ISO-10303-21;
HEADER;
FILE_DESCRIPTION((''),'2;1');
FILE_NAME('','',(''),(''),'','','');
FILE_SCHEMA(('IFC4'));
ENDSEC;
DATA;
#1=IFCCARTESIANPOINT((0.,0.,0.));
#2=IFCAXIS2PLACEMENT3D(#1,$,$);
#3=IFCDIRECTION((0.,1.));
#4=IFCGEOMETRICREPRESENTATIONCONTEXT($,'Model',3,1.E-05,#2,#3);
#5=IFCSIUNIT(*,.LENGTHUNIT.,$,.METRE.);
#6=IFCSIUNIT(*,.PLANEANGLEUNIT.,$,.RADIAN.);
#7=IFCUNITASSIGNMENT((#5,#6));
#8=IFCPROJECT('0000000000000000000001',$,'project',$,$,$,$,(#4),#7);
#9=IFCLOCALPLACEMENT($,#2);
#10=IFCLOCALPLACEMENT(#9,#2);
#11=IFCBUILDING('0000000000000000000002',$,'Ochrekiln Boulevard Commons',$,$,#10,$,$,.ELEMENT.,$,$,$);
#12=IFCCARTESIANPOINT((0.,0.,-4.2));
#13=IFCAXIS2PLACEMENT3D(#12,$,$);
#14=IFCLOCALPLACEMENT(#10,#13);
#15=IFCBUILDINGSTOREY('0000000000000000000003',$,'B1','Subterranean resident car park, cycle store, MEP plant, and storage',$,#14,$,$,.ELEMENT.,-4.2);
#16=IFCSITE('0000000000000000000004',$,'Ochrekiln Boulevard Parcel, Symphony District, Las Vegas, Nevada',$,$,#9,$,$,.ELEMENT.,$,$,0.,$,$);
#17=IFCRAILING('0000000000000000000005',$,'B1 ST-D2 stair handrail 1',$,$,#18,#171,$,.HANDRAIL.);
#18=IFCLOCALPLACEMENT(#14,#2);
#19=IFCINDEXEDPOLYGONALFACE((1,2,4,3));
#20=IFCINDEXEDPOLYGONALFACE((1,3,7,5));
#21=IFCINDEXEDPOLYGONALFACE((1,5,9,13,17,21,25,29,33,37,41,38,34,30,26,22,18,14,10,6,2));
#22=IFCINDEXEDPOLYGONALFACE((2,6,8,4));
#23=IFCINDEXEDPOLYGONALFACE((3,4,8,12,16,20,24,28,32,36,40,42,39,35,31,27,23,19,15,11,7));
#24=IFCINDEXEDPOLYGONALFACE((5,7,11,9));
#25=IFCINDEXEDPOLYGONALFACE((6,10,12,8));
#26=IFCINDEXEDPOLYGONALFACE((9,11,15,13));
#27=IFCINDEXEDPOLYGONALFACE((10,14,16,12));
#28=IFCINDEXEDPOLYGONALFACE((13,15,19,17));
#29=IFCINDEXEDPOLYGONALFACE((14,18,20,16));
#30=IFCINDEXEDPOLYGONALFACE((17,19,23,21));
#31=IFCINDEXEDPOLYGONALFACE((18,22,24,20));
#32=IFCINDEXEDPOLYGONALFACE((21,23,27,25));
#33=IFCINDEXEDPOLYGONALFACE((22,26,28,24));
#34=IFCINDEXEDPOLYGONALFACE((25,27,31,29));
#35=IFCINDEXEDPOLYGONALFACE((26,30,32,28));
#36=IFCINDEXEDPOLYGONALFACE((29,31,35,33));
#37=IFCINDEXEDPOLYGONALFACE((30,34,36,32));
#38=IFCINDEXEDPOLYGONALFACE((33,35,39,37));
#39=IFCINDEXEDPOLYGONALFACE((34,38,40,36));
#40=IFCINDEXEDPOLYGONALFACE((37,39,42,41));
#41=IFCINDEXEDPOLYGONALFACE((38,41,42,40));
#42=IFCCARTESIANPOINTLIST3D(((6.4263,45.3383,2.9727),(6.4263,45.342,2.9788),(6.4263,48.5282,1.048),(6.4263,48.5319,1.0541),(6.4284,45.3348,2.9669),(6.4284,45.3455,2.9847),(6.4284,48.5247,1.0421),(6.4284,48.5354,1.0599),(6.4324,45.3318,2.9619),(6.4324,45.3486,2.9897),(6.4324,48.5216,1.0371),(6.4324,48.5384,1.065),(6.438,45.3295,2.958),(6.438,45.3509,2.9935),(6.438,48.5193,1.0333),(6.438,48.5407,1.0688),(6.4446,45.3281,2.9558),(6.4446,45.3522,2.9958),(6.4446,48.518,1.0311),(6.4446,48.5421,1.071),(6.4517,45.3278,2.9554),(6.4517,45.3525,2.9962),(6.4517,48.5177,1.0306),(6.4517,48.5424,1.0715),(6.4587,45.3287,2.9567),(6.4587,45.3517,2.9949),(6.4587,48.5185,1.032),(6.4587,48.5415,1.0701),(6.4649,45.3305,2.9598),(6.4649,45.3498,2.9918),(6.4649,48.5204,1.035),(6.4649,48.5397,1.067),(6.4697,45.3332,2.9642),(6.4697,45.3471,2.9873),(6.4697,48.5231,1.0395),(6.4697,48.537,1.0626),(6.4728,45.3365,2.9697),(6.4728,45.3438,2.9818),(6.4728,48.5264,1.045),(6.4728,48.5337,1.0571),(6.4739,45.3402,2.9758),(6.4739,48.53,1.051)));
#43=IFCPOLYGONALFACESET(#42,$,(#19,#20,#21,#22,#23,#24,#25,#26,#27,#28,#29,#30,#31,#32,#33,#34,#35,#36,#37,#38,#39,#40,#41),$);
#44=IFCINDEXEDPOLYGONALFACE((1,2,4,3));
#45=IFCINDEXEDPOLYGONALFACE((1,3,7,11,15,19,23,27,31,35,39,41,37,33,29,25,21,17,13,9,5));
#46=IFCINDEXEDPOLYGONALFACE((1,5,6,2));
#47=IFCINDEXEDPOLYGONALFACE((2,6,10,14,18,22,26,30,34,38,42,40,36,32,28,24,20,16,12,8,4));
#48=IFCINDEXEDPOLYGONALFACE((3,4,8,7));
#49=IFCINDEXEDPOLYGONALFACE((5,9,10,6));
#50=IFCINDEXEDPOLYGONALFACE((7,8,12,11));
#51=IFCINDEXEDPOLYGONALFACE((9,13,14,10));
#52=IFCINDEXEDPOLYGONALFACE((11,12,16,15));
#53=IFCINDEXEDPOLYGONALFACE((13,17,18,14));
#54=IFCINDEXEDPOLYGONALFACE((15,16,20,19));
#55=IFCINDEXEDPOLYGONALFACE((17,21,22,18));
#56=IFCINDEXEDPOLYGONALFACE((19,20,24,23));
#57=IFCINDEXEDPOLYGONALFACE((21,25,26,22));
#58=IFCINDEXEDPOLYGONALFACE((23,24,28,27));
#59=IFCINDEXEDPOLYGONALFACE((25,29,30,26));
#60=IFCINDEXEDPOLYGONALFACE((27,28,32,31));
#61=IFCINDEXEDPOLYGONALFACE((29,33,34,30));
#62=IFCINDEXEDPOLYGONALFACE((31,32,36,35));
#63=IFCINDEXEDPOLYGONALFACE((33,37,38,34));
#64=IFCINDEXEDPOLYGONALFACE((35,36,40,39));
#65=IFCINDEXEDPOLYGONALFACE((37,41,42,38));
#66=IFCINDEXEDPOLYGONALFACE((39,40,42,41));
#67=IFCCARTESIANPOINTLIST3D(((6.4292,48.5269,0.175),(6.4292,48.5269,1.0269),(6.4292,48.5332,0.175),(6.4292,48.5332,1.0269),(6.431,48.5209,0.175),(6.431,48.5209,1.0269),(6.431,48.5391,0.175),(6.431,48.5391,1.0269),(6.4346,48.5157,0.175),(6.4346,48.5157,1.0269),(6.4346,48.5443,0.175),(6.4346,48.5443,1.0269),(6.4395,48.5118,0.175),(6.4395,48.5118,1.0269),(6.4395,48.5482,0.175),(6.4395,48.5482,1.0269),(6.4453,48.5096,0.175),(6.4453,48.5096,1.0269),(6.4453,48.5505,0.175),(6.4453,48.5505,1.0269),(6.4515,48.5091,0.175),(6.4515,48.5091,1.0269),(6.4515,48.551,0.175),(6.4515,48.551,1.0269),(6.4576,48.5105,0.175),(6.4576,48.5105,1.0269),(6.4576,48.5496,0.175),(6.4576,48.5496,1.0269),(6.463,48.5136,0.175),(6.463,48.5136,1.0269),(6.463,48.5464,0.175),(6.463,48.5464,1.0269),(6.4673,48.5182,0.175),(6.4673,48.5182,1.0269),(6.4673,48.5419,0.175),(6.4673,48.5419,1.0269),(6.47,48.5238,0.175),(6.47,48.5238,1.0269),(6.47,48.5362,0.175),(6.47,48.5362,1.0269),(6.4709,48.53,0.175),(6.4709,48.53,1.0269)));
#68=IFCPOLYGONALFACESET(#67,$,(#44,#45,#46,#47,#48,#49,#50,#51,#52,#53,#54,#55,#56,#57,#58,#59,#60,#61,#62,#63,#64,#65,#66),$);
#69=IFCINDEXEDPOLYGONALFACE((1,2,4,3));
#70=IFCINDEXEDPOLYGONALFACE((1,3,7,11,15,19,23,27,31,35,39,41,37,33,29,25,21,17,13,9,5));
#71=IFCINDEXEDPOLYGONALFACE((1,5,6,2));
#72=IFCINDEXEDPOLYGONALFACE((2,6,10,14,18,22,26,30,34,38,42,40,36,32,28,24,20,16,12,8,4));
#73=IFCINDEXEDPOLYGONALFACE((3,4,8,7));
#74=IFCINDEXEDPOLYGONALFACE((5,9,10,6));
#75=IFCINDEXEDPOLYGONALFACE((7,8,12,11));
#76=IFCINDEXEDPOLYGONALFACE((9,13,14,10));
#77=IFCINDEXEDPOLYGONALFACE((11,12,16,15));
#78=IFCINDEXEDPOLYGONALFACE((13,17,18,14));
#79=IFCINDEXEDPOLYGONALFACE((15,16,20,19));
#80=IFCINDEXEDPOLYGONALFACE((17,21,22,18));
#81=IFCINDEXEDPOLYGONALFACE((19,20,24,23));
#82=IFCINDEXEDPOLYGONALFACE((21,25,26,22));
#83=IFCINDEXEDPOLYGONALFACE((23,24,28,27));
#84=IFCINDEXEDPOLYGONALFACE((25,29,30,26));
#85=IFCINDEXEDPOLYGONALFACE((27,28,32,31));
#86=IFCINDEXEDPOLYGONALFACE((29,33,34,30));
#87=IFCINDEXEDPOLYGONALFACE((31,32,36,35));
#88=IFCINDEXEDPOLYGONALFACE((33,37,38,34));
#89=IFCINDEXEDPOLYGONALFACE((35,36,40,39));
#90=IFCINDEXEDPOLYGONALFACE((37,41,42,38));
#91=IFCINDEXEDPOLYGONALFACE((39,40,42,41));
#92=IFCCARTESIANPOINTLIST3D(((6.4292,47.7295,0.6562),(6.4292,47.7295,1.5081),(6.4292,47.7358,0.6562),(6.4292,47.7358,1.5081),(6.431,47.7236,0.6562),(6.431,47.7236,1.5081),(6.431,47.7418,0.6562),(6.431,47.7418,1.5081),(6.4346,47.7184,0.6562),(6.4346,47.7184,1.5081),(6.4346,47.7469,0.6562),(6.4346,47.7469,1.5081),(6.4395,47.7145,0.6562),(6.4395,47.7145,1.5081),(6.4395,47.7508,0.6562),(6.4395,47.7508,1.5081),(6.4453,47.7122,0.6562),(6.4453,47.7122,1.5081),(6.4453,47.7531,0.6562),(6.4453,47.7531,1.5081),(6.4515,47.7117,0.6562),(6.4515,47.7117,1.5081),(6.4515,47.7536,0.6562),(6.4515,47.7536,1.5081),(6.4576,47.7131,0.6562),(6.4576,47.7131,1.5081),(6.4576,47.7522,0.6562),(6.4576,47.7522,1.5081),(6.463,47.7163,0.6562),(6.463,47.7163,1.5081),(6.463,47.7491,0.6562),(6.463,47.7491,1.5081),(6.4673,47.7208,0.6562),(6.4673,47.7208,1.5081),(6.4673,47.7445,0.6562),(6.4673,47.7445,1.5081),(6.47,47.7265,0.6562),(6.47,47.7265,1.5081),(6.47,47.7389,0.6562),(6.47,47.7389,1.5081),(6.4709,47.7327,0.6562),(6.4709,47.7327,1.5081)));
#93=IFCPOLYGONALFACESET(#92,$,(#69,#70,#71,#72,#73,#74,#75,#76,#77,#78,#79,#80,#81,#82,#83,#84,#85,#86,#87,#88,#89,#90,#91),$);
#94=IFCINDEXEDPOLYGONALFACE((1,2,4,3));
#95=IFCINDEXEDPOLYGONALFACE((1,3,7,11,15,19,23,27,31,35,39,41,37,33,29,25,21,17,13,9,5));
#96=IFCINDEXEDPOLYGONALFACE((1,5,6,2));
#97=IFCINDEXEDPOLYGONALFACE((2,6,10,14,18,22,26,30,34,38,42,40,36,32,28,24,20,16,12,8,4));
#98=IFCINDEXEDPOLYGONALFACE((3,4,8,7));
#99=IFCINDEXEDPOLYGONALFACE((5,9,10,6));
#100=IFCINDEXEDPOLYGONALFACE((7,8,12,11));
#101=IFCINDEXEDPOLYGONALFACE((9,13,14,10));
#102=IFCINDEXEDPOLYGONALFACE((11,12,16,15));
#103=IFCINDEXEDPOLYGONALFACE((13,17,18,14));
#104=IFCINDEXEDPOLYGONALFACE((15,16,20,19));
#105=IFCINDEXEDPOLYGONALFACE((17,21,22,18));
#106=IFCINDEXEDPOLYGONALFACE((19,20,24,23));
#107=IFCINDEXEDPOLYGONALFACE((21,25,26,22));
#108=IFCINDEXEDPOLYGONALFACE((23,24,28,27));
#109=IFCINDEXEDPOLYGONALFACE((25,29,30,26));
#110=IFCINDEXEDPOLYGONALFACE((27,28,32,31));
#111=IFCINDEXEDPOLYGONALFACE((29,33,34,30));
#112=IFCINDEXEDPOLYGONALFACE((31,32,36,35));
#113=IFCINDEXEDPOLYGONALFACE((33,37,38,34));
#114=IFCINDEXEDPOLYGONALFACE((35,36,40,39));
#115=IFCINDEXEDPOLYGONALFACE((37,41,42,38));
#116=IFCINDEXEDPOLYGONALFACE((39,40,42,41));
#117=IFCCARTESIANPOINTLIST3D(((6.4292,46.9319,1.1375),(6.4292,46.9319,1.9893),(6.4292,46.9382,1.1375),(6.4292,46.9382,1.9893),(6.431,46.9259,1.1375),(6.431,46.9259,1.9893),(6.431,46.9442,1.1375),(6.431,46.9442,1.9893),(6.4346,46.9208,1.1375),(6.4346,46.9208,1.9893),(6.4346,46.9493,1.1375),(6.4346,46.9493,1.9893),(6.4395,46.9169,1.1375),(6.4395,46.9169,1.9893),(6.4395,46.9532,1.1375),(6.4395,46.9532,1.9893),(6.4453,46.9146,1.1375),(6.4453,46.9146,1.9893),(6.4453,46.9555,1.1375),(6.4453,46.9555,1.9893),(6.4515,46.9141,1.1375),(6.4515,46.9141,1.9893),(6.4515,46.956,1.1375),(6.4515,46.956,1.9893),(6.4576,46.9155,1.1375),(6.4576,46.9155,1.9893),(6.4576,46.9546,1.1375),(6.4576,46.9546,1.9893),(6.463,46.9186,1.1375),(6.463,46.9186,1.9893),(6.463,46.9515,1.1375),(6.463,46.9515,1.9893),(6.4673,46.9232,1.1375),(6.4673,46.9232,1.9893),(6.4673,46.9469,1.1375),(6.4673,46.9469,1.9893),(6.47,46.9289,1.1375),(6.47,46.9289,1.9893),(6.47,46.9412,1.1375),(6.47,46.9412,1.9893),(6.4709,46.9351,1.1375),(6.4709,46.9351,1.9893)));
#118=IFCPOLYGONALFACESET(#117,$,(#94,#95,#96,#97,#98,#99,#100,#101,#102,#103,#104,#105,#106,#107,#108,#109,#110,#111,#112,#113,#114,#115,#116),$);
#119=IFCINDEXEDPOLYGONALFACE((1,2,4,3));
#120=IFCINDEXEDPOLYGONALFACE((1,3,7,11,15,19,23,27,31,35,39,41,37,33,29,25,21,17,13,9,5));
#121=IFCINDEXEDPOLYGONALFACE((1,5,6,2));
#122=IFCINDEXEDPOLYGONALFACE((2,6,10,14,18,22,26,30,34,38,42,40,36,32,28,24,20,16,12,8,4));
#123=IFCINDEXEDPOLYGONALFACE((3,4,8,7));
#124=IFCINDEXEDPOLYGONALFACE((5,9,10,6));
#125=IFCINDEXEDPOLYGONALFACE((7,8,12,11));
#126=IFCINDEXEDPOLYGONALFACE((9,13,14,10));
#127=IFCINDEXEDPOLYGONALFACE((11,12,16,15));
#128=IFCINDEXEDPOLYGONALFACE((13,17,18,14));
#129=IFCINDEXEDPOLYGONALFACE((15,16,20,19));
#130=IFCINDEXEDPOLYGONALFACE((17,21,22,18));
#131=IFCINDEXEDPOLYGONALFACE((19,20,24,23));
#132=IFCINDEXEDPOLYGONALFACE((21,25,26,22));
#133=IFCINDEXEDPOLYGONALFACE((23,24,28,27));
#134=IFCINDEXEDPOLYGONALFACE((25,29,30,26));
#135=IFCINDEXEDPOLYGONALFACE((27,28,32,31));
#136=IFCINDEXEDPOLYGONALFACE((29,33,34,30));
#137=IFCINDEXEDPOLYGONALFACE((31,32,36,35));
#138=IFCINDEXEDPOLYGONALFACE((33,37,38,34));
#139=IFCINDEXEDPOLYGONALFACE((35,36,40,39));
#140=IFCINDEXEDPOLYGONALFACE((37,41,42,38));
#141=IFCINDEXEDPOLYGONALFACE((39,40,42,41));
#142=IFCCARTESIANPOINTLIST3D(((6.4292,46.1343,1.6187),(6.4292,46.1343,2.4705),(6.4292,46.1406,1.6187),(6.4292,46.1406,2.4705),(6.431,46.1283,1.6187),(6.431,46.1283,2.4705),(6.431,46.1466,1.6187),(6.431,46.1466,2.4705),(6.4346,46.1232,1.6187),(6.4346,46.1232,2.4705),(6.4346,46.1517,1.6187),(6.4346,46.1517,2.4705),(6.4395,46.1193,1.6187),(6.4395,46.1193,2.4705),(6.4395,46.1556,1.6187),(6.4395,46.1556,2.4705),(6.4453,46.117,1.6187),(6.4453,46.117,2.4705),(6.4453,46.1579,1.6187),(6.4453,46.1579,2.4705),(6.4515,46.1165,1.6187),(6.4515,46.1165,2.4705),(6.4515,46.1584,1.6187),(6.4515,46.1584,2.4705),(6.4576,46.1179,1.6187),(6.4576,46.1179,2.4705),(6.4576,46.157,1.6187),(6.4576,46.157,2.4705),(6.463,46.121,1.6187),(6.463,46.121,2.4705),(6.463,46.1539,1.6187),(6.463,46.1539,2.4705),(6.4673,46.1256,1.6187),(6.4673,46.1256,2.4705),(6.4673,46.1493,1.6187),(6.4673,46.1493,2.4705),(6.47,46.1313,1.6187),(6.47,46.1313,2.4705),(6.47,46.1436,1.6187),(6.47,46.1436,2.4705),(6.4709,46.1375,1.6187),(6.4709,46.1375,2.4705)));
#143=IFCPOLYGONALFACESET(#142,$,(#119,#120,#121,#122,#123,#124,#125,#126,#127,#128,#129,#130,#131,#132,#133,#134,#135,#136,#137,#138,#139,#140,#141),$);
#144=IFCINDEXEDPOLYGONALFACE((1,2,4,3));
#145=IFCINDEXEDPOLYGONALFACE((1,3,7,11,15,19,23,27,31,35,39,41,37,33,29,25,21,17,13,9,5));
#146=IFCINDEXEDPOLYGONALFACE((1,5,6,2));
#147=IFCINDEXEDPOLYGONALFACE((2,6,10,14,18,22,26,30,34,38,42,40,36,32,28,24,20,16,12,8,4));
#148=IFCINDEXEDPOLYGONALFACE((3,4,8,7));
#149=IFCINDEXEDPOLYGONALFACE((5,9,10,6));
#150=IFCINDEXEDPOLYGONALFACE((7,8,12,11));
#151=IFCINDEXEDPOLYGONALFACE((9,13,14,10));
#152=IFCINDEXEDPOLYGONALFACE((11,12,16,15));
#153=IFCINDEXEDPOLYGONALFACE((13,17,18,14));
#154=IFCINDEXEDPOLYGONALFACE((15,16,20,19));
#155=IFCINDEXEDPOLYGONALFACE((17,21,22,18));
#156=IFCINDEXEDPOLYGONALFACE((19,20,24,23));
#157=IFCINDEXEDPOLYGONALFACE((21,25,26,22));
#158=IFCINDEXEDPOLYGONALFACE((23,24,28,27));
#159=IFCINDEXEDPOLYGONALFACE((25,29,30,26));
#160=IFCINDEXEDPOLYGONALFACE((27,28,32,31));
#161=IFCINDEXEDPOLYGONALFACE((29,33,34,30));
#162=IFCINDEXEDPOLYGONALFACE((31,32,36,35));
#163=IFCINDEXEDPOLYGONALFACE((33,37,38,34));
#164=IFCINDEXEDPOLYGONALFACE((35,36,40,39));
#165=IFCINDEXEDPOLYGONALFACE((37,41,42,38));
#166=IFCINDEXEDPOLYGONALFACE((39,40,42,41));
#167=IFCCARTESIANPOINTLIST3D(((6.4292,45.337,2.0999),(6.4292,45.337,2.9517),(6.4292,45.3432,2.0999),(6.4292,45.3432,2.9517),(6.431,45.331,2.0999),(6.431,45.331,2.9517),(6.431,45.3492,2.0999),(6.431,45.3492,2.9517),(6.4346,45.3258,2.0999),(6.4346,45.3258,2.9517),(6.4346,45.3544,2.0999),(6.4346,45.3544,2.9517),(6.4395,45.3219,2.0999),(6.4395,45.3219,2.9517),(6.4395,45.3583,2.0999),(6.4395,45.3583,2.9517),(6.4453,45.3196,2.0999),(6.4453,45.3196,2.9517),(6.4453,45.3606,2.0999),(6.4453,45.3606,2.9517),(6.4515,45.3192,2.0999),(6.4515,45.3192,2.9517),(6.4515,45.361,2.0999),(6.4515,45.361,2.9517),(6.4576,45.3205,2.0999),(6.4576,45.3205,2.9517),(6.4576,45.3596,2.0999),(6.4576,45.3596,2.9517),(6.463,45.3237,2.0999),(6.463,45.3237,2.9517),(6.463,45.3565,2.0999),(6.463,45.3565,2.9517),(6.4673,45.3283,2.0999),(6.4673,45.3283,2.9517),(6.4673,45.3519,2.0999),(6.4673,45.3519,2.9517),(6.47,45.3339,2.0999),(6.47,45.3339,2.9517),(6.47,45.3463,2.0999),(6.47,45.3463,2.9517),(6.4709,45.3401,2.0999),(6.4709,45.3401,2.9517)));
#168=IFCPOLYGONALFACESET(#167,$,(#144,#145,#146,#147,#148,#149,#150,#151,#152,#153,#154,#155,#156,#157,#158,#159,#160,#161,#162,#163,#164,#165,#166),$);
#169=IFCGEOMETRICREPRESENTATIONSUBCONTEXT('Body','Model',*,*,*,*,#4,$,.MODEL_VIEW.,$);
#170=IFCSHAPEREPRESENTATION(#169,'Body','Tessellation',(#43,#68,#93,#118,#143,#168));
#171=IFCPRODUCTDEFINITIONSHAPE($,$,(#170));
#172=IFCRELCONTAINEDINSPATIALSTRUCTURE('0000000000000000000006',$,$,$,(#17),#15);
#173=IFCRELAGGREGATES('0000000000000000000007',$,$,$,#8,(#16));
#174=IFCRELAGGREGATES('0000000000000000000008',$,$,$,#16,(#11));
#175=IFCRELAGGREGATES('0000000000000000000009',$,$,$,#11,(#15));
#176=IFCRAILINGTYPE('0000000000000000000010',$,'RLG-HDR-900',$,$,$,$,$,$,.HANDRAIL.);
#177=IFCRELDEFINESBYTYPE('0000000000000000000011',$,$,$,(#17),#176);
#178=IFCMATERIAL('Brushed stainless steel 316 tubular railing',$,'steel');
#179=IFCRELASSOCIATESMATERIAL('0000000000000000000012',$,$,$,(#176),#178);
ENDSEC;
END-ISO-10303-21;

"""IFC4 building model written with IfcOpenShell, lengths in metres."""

from ifc_helpers import new_model, si_unit, direction, frame, origin, origin_2d, place, context, subcontext, project, spatial, circle, extrude, material, type_object, element, save


model = new_model("IFC4")

# Units and contexts
model_context = context("Model", 3, precision=1e-05, world=origin(), true_north=direction((0.0, 1.0)))
body_context = subcontext(model_context, "Body", "Model", "MODEL_VIEW")
ifc_project = project(units=[si_unit("LENGTHUNIT", "METRE"), si_unit("PLANEANGLEUNIT", "RADIAN")], contexts=[model_context])

# Site, building, storey
site_placement = place(None, origin())
site = spatial("IfcSite", under=ifc_project, at=site_placement, Name="Ochrekiln Boulevard Parcel, Symphony District, Las Vegas, Nevada", CompositionType="ELEMENT", RefElevation=0.0)
building_placement = place(site_placement, origin())
building = spatial("IfcBuilding", under=site, at=building_placement, Name="Ochrekiln Boulevard Commons", CompositionType="ELEMENT")
storey_placement = place(building_placement, frame((0.0, 0.0, -4.2)))
storey = spatial("IfcBuildingStorey", under=building, at=storey_placement, Name="B1", Description="Subterranean resident car park, cycle store, MEP plant, and storage", CompositionType="ELEMENT", Elevation=-4.2)

# Railing
ifc_material_1 = material(Name="Brushed stainless steel 316 tubular railing", Category="steel")
railing_type_1 = type_object("IfcRailingType", Name="RLG-HDR-900", PredefinedType="HANDRAIL", material=ifc_material_1)
railing_1_placement = place(storey_placement, frame((6.45, 48.53, 0.175)))
element("IfcRailing", 1, at=railing_1_placement, inside=storey, type_object=railing_type_1, Name="B1 ST-D2 stair handrail 1", PredefinedType="HANDRAIL", context=body_context, shape_type="SweptSolid", body=[
    extrude(circle(Radius=0.0239, at=origin_2d()), frame((0.0, 0.0, 0.876), z_axis=(0.0, -0.856207, 0.516633), x_axis=(1.0, 0.0, 0.0)), (0.0, 0.0, 1.0), 3.7256),
    extrude(circle(Radius=0.021, at=origin_2d()), origin(), (0.0, 0.0, 1.0), 0.8518),
    extrude(circle(Radius=0.021, at=origin_2d()), frame((0.0, -0.7974, 0.4812)), (0.0, 0.0, 1.0), 0.8518),
    extrude(circle(Radius=0.021, at=origin_2d()), frame((0.0, -1.595, 0.9624)), (0.0, 0.0, 1.0), 0.8518),
    extrude(circle(Radius=0.021, at=origin_2d()), frame((0.0, -2.3926, 1.4436)), (0.0, 0.0, 1.0), 0.8518),
    extrude(circle(Radius=0.021, at=origin_2d()), frame((0.0, -3.1899, 1.9248)), (0.0, 0.0, 1.0), 0.8518),
])

save(model, "model.ifc")
